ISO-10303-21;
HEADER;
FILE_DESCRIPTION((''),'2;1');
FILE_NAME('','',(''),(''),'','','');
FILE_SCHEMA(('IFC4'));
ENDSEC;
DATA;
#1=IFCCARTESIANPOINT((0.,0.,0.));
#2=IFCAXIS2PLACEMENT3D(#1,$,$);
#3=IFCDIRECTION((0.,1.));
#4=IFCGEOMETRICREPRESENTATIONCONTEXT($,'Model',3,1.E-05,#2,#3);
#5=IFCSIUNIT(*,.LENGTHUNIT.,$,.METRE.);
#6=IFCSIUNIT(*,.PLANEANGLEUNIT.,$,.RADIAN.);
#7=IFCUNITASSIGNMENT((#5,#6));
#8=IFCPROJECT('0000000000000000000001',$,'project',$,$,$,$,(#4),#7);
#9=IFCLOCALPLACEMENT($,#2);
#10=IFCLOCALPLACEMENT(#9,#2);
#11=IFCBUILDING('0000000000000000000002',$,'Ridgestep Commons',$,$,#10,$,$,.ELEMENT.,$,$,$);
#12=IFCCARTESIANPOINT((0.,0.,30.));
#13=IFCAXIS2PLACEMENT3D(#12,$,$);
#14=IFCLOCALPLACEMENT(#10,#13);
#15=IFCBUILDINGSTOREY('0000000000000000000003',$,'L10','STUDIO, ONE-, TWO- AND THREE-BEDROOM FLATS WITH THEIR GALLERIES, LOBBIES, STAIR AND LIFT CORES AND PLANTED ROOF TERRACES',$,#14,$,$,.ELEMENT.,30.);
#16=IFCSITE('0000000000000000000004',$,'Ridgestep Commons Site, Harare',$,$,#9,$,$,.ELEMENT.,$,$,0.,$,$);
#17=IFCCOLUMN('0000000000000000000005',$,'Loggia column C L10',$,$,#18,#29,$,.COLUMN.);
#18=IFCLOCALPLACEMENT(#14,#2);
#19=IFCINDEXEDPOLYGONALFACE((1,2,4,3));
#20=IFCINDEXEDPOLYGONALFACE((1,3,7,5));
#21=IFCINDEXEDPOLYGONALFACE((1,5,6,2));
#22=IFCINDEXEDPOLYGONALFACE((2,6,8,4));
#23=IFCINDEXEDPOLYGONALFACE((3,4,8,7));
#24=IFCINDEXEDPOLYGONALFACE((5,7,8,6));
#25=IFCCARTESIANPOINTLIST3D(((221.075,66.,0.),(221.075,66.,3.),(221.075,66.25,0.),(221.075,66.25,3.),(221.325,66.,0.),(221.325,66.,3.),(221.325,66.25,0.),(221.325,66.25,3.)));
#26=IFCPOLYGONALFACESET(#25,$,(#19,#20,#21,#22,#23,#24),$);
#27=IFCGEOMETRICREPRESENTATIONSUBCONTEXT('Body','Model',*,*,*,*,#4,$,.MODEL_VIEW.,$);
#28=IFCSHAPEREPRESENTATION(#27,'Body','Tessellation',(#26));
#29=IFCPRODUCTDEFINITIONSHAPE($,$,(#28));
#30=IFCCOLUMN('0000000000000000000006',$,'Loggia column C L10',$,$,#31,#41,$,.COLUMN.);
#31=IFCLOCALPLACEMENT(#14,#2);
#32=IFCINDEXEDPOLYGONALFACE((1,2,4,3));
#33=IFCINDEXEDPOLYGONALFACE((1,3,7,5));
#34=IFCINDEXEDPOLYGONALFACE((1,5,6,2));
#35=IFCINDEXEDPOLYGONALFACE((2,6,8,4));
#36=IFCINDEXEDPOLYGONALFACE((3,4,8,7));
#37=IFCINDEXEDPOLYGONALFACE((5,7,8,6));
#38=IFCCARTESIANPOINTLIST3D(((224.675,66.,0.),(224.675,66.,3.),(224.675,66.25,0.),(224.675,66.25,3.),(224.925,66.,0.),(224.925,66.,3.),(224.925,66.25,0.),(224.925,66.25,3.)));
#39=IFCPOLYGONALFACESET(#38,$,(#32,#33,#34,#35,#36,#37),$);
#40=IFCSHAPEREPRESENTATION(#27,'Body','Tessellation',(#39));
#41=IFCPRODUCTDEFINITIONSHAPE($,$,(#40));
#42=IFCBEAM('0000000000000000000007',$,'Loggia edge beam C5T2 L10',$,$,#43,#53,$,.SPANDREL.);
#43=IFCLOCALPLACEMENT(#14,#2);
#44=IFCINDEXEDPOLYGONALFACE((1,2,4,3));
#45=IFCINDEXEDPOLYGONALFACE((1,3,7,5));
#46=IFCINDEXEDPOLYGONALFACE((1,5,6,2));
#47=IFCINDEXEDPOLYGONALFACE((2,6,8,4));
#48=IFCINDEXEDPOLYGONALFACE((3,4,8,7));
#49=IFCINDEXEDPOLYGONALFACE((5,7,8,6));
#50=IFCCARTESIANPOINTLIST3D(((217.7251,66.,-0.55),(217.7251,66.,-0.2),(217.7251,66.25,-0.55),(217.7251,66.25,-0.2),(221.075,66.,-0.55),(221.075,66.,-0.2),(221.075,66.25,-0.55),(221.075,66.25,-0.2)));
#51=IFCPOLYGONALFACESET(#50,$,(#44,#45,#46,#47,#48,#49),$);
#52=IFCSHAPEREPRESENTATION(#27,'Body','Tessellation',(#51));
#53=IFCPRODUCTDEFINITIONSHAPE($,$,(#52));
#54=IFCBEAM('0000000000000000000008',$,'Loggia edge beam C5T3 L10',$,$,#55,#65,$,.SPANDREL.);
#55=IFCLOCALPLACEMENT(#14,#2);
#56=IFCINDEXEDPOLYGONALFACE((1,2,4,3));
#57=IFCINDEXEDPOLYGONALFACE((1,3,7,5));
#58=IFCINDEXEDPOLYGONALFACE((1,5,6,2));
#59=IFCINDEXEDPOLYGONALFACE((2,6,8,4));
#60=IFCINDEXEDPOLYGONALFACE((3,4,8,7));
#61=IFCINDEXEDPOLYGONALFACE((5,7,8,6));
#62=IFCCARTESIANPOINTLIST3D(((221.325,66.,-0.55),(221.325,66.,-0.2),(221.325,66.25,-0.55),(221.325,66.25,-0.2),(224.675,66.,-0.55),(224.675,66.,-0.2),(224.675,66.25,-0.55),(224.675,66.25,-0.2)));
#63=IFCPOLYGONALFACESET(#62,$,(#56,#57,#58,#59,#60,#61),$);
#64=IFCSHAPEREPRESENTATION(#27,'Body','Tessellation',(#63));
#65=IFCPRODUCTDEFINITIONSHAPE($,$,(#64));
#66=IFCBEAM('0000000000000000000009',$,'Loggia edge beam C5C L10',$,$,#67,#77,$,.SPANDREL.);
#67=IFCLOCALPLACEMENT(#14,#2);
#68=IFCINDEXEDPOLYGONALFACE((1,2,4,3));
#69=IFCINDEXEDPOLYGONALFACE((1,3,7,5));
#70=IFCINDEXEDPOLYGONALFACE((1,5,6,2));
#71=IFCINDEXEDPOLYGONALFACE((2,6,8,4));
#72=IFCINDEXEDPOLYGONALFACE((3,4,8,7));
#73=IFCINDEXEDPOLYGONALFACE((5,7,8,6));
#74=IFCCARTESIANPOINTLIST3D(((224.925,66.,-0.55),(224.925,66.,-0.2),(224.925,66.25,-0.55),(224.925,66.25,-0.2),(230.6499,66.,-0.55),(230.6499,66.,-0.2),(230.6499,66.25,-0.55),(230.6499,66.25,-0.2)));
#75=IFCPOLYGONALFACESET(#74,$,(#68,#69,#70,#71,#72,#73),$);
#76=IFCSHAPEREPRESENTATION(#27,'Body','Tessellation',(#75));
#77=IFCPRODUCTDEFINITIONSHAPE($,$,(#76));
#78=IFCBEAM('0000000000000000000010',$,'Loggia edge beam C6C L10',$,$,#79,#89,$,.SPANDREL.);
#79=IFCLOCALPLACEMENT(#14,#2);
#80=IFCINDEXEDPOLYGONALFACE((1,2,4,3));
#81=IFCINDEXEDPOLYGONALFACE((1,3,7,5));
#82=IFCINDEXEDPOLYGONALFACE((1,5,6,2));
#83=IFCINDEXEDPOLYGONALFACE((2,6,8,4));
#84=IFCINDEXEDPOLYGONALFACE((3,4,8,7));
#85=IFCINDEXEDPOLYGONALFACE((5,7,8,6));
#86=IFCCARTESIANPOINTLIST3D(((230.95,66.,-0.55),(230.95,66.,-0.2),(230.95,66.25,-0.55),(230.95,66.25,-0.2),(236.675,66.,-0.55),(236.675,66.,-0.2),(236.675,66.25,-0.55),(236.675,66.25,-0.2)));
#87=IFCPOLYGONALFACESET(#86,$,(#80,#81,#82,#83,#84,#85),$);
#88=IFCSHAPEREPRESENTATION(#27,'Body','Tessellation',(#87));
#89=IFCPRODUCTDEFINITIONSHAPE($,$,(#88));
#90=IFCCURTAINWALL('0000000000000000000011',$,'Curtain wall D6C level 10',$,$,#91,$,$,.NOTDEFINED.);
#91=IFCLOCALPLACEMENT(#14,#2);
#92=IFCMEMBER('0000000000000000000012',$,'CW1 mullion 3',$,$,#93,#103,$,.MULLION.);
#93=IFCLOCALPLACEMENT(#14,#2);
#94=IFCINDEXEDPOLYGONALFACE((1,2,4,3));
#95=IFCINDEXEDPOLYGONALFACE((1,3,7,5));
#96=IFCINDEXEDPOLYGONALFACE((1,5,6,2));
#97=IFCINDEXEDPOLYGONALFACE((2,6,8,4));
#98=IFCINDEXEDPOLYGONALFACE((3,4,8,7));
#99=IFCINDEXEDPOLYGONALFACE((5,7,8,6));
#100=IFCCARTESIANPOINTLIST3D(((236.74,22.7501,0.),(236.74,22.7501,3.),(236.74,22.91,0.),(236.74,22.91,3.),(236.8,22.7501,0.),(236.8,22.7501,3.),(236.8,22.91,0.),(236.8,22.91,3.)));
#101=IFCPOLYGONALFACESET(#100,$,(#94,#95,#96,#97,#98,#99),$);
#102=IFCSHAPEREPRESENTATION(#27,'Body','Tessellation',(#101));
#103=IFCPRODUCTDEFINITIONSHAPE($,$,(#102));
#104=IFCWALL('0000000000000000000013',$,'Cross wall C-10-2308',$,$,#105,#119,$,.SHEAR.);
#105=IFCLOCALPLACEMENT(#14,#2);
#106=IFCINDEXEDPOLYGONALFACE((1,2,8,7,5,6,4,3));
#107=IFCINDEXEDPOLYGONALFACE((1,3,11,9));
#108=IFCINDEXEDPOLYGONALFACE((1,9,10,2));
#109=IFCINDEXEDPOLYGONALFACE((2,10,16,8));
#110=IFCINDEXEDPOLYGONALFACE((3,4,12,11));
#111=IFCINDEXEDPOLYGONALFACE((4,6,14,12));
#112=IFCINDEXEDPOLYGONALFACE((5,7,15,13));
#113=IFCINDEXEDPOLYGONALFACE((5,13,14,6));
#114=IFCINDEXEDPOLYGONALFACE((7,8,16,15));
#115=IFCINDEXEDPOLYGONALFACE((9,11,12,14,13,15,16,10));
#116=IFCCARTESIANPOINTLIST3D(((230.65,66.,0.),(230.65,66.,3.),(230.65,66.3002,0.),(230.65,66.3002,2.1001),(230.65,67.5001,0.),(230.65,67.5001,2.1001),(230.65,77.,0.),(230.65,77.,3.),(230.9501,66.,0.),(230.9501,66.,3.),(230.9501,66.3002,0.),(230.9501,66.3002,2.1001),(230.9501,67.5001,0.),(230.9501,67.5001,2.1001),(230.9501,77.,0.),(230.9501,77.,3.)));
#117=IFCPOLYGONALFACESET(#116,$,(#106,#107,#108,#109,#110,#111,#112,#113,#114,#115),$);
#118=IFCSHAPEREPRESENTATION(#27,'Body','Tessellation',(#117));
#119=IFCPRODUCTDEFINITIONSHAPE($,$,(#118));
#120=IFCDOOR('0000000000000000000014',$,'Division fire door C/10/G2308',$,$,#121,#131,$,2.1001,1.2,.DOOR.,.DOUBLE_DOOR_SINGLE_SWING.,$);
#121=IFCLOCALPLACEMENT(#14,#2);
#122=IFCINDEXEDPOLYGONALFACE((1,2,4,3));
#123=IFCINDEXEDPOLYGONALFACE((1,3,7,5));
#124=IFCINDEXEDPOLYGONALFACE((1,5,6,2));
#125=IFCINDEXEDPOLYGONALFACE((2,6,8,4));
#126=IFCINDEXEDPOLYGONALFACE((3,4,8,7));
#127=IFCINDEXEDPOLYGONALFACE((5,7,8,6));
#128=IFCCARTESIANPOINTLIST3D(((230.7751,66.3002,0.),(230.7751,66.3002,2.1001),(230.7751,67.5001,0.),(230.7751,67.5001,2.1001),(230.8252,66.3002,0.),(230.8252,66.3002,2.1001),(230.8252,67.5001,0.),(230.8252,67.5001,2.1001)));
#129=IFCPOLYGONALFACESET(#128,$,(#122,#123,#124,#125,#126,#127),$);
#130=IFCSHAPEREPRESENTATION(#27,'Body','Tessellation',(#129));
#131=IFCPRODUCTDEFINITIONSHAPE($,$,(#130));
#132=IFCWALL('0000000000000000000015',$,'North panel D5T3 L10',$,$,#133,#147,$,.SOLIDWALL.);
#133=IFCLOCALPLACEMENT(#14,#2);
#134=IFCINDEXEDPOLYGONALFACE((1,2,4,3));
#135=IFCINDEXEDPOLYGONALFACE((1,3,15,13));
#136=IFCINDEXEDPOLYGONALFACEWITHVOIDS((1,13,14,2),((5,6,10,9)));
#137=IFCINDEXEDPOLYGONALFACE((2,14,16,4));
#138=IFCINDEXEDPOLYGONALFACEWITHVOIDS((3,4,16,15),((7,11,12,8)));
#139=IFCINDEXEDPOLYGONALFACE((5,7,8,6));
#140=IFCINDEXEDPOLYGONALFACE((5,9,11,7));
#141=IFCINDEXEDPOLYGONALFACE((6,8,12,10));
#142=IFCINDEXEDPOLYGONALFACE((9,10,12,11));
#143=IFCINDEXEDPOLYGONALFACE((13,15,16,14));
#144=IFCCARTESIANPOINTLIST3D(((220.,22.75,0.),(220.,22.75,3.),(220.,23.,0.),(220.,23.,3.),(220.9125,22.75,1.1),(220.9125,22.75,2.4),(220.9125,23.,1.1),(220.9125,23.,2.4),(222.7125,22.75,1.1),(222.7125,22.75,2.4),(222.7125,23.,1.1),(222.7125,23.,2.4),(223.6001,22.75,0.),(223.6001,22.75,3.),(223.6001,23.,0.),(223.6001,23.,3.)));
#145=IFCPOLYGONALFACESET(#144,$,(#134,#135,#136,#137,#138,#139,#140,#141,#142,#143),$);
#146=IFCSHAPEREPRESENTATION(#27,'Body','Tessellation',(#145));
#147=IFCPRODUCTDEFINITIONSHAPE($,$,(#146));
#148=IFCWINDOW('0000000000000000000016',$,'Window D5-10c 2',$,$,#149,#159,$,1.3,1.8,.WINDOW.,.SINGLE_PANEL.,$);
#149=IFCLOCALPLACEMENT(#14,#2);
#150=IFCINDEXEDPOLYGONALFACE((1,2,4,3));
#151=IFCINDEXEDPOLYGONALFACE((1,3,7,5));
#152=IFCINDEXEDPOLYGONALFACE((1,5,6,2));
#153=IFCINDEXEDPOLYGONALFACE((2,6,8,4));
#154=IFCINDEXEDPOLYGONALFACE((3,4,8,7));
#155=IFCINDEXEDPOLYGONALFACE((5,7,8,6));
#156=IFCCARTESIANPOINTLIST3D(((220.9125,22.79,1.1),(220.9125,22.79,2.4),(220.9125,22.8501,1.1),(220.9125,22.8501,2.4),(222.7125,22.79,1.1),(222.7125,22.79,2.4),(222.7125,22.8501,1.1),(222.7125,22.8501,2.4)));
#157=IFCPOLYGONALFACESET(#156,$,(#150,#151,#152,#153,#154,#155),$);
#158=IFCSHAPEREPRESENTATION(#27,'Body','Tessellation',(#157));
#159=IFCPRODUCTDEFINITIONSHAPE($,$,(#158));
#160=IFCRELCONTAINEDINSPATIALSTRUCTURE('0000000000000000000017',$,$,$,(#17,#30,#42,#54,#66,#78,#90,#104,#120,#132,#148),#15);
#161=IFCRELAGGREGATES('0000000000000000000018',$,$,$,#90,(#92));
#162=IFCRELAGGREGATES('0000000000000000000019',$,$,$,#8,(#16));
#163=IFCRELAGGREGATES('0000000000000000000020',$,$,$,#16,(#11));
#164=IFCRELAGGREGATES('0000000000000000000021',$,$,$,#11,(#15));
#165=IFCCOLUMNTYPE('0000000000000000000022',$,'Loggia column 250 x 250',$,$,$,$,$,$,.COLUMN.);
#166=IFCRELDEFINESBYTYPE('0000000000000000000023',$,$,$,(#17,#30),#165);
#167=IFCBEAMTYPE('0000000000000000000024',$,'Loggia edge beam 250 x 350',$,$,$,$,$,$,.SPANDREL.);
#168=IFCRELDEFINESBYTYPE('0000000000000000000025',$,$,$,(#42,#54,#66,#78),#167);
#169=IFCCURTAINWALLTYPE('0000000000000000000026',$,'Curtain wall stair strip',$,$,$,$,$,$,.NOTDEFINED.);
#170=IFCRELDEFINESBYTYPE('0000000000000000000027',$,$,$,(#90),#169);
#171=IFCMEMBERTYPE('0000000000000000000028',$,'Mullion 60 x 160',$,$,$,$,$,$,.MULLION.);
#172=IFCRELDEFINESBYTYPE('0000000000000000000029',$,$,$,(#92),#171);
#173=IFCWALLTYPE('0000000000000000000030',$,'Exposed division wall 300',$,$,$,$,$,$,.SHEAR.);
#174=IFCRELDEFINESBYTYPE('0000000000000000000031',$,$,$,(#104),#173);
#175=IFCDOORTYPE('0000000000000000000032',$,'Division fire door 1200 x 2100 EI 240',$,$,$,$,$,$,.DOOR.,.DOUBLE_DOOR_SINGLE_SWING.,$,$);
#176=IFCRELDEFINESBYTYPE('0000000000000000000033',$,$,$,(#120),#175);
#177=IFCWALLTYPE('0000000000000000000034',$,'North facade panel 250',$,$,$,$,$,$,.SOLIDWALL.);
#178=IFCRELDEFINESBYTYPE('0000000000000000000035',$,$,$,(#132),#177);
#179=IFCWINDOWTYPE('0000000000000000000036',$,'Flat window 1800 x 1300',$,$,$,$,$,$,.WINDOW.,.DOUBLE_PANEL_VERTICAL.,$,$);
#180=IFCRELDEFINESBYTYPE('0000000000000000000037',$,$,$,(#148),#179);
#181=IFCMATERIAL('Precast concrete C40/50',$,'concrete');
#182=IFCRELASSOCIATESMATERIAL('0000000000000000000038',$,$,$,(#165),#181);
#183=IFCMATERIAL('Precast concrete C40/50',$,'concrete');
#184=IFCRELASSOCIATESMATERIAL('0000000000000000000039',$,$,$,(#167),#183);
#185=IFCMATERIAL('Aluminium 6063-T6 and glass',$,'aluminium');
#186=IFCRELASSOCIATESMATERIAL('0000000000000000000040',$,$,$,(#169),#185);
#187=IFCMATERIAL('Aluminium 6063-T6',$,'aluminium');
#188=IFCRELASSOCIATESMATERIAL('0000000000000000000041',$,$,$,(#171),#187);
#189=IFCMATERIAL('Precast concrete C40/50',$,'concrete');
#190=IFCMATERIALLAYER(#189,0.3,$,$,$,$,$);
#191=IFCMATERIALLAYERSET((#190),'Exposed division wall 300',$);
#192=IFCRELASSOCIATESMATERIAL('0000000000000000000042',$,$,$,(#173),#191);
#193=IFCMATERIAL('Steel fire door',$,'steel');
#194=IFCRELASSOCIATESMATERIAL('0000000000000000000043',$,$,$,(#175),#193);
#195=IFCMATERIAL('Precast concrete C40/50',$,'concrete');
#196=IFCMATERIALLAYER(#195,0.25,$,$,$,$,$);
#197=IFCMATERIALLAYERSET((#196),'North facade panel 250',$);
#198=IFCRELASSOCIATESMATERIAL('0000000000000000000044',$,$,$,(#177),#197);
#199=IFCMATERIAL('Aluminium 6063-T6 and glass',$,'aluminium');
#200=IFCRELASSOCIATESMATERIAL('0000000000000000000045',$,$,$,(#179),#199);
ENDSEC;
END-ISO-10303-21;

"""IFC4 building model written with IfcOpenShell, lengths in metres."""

from ifc_helpers import new_model, si_unit, direction, frame, frame_2d, origin, origin_2d, place, context, subcontext, project, spatial, rectangle, extrude, material, layer, layer_set, material_profile, profile_set, type_object, element, fill, aggregate, save


model = new_model("IFC4")

# Units and contexts
model_context = context("Model", 3, precision=1e-05, world=origin(), true_north=direction((0.0, 1.0)))
body_context = subcontext(model_context, "Body", "Model", "MODEL_VIEW")
ifc_project = project(units=[si_unit("LENGTHUNIT", "METRE"), si_unit("PLANEANGLEUNIT", "RADIAN")], contexts=[model_context])

# Site, building, storey
site_placement = place(None, origin())
site = spatial("IfcSite", under=ifc_project, at=site_placement, Name="Ridgestep Commons Site, Harare", CompositionType="ELEMENT", RefElevation=0.0)
building_placement = place(site_placement, origin())
building = spatial("IfcBuilding", under=site, at=building_placement, Name="Ridgestep Commons", CompositionType="ELEMENT")
storey_placement = place(building_placement, frame((0.0, 0.0, 30.0)))
storey = spatial("IfcBuildingStorey", under=building, at=storey_placement, Name="L10", Description="STUDIO, ONE-, TWO- AND THREE-BEDROOM FLATS WITH THEIR GALLERIES, LOBBIES, STAIR AND LIFT CORES AND PLANTED ROOF TERRACES", CompositionType="ELEMENT", Elevation=30.0)

# Columns
ifc_material_1 = material(Name="Precast concrete C40/50", Category="concrete")
ifc_material_profile_1 = material_profile(ifc_material_1, rectangle(XDim=0.25, YDim=0.25, at=origin_2d()), Name="PC 250x250")
ifc_profile_set_1 = profile_set([ifc_material_profile_1], Name="Precast concrete C40/50")
column_type = type_object("IfcColumnType", Name="Loggia column 250 x 250", PredefinedType="COLUMN", material=ifc_profile_set_1)
for number, where, z_axis, x_axis, name in (
    (1, (221.2, 66.125, 0.0), (0.0, 0.0, 1.0), (1.0, 0.0, 0.0), "Loggia column C L10"),
    (2, (224.8, 66.125, 0.0), (0.0, 0.0, 1.0), (1.0, 0.0, 0.0), "Loggia column C L10"),
):
    element("IfcColumn", number, at=place(storey_placement, frame(where, z_axis=z_axis, x_axis=x_axis)), inside=storey, type_object=column_type, Name=name, PredefinedType="COLUMN", context=body_context, shape_type="SweptSolid", body=[
        extrude(rectangle(XDim=0.25, YDim=0.25, at=origin_2d()), origin(), (0.0, 0.0, 1.0), 3.0),
    ])

# Beams
ifc_material_2 = material(Name="Precast concrete C40/50", Category="concrete")
ifc_material_profile_2 = material_profile(ifc_material_2, rectangle(XDim=0.25, YDim=0.3501, at=origin_2d()), Name="PC 250x350")
ifc_profile_set_2 = profile_set([ifc_material_profile_2], Name="Precast concrete C40/50")
beam_type = type_object("IfcBeamType", Name="Loggia edge beam 250 x 350", PredefinedType="SPANDREL", material=ifc_profile_set_2)
beam_1_placement = place(storey_placement, frame((217.7251, 66.125, -0.375), z_axis=(1.0, 0.0, 0.0), x_axis=(0.0, 1.0, 0.0)))
element("IfcBeam", 3, at=beam_1_placement, inside=storey, type_object=beam_type, Name="Loggia edge beam C5T2 L10", PredefinedType="SPANDREL", context=body_context, shape_type="SweptSolid", body=[
    extrude(rectangle(XDim=0.25, YDim=0.3501, at=origin_2d()), origin(), (0.0, 0.0, 1.0), 3.3499),
])
beam_2_placement = place(storey_placement, frame((221.325, 66.125, -0.375), z_axis=(1.0, 0.0, 0.0), x_axis=(0.0, 1.0, 0.0)))
element("IfcBeam", 4, at=beam_2_placement, inside=storey, type_object=beam_type, Name="Loggia edge beam C5T3 L10", PredefinedType="SPANDREL", context=body_context, shape_type="SweptSolid", body=[
    extrude(rectangle(XDim=0.25, YDim=0.3501, at=origin_2d()), origin(), (0.0, 0.0, 1.0), 3.3501),
])
beam_3_placement = place(storey_placement, frame((224.925, 66.125, -0.375), z_axis=(1.0, 0.0, 0.0), x_axis=(0.0, 1.0, 0.0)))
element("IfcBeam", 5, at=beam_3_placement, inside=storey, type_object=beam_type, Name="Loggia edge beam C5C L10", PredefinedType="SPANDREL", context=body_context, shape_type="SweptSolid", body=[
    extrude(rectangle(XDim=0.25, YDim=0.3501, at=origin_2d()), origin(), (0.0, 0.0, 1.0), 5.7249),
])
beam_4_placement = place(storey_placement, frame((230.95, 66.125, -0.375), z_axis=(1.0, 0.0, 0.0), x_axis=(0.0, 1.0, 0.0)))
element("IfcBeam", 6, at=beam_4_placement, inside=storey, type_object=beam_type, Name="Loggia edge beam C6C L10", PredefinedType="SPANDREL", context=body_context, shape_type="SweptSolid", body=[
    extrude(rectangle(XDim=0.25, YDim=0.3501, at=origin_2d()), origin(), (0.0, 0.0, 1.0), 5.7251),
])

# Curtain wall, member
ifc_material_3 = material(Name="Aluminium 6063-T6 and glass", Category="aluminium")
curtain_wall_type = type_object("IfcCurtainWallType", Name="Curtain wall stair strip", PredefinedType="NOTDEFINED", material=ifc_material_3)
curtain_wall_placement = place(storey_placement, origin())
curtain_wall = element("IfcCurtainWall", 7, at=curtain_wall_placement, inside=storey, type_object=curtain_wall_type, Name="Curtain wall D6C level 10", PredefinedType="NOTDEFINED")
ifc_material_4 = material(Name="Aluminium 6063-T6", Category="aluminium")
ifc_material_profile_3 = material_profile(ifc_material_4, rectangle(XDim=0.1599, YDim=0.0601, at=origin_2d()), Name="Mullion 60 x 160")
ifc_profile_set_3 = profile_set([ifc_material_profile_3], Name="Aluminium 6063-T6")
member_type = type_object("IfcMemberType", Name="Mullion 60 x 160", PredefinedType="MULLION", material=ifc_profile_set_3)
member_placement = place(storey_placement, frame((236.77, 22.8301, 0.0), z_axis=(0.0, 0.0, 1.0), x_axis=(0.0, 1.0, 0.0)))
member = element("IfcMember", 8, at=member_placement, type_object=member_type, Name="CW1 mullion 3", PredefinedType="MULLION", context=body_context, shape_type="SweptSolid", body=[
    extrude(rectangle(XDim=0.1599, YDim=0.0601, at=origin_2d()), origin(), (0.0, 0.0, 1.0), 3.0),
])
aggregate(curtain_wall, [member])

# Wall, opening, door
ifc_material_5 = material(Name="Precast concrete C40/50", Category="concrete")
ifc_layer_1 = layer(ifc_material_5, 0.3)
ifc_layer_set_1 = layer_set([ifc_layer_1], Name="Exposed division wall 300")
wall_type_1 = type_object("IfcWallType", Name="Exposed division wall 300", PredefinedType="SHEAR", material=ifc_layer_set_1)
wall_1_placement = place(storey_placement, frame((230.8, 66.0, 0.0), z_axis=(0.0, 0.0, 1.0), x_axis=(0.0, 1.0, 0.0)))
wall_1 = element("IfcWall", 9, at=wall_1_placement, inside=storey, type_object=wall_type_1, Name="Cross wall C-10-2308", PredefinedType="SHEAR", context=body_context, shape_type="SweptSolid", body=[
    extrude(rectangle(XDim=11.0, YDim=0.3, at=frame_2d((5.5, 0.0))), origin(), (0.0, 0.0, 1.0), 3.0),
])
opening_1_placement = place(wall_1_placement, frame((0.3, 0.0, 0.0)))
opening_1 = element("IfcOpeningElement", 10, at=opening_1_placement, cuts=wall_1, PredefinedType="OPENING", context=body_context, shape_type="SweptSolid", body=[
    extrude(rectangle(XDim=1.2, YDim=2.1001, at=frame_2d((0.6001, 1.05))), frame((0.0, 0.1599, 0.0), z_axis=(0.0, -1.0, 0.0), x_axis=(1.0, 0.0, 0.0)), (0.0, 0.0, 1.0), 0.3201),
])
ifc_material_6 = material(Name="Steel fire door", Category="steel")
door_type = type_object("IfcDoorType", Name="Division fire door 1200 x 2100 EI 240", OperationType="DOUBLE_DOOR_SINGLE_SWING", PredefinedType="DOOR", material=ifc_material_6)
door_placement = place(opening_1_placement, origin())
door = element("IfcDoor", 11, at=door_placement, inside=storey, type_object=door_type, Name="Division fire door C/10/G2308", OperationType="DOUBLE_DOOR_SINGLE_SWING", OverallHeight=2.1001, OverallWidth=1.2, PredefinedType="DOOR", context=body_context, shape_type="SweptSolid", body=[
    extrude(rectangle(XDim=1.2, YDim=2.1001, at=frame_2d((0.6001, 1.05))), frame((0.0, 0.0249, 0.0), z_axis=(0.0, -1.0, 0.0), x_axis=(1.0, 0.0, 0.0)), (0.0, 0.0, 1.0), 0.05),
])
fill(opening_1, door)

# Wall, opening, window
ifc_material_7 = material(Name="Precast concrete C40/50", Category="concrete")
ifc_layer_2 = layer(ifc_material_7, 0.25)
ifc_layer_set_2 = layer_set([ifc_layer_2], Name="North facade panel 250")
wall_type_2 = type_object("IfcWallType", Name="North facade panel 250", PredefinedType="SOLIDWALL", material=ifc_layer_set_2)
wall_2_placement = place(storey_placement, frame((220.0, 22.875, 0.0), z_axis=(0.0, 0.0, 1.0), x_axis=(1.0, 0.0, 0.0)))
wall_2 = element("IfcWall", 12, at=wall_2_placement, inside=storey, type_object=wall_type_2, Name="North panel D5T3 L10", PredefinedType="SOLIDWALL", context=body_context, shape_type="SweptSolid", body=[
    extrude(rectangle(XDim=3.6001, YDim=0.25, at=frame_2d((1.8, 0.0))), origin(), (0.0, 0.0, 1.0), 3.0),
])
opening_2_placement = place(wall_2_placement, frame((0.9126, 0.0, 1.1001)))
opening_2 = element("IfcOpeningElement", 13, at=opening_2_placement, cuts=wall_2, PredefinedType="OPENING", context=body_context, shape_type="SweptSolid", body=[
    extrude(rectangle(XDim=1.8, YDim=1.3, at=frame_2d((0.8999, 0.6499))), frame((0.0, 0.135, 0.0), z_axis=(0.0, -1.0, 0.0), x_axis=(1.0, 0.0, 0.0)), (0.0, 0.0, 1.0), 0.27),
])
ifc_material_8 = material(Name="Aluminium 6063-T6 and glass", Category="aluminium")
window_type_1 = type_object("IfcWindowType", Name="Flat window 1800 x 1300", PartitioningType="DOUBLE_PANEL_VERTICAL", PredefinedType="WINDOW", material=ifc_material_8)
window_1_placement = place(opening_2_placement, origin())
window_1 = element("IfcWindow", 14, at=window_1_placement, inside=storey, type_object=window_type_1, Name="Window D5-10c 2", OverallHeight=1.3, OverallWidth=1.8, PartitioningType="SINGLE_PANEL", PredefinedType="WINDOW", context=body_context, shape_type="SweptSolid", body=[
    extrude(rectangle(XDim=1.8, YDim=1.3, at=frame_2d((0.8999, 0.6499))), frame((0.0, -0.0249, 0.0), z_axis=(0.0, -1.0, 0.0), x_axis=(1.0, 0.0, 0.0)), (0.0, 0.0, 1.0), 0.0601),
])
fill(opening_2, window_1)

save(model, "model.ifc")
